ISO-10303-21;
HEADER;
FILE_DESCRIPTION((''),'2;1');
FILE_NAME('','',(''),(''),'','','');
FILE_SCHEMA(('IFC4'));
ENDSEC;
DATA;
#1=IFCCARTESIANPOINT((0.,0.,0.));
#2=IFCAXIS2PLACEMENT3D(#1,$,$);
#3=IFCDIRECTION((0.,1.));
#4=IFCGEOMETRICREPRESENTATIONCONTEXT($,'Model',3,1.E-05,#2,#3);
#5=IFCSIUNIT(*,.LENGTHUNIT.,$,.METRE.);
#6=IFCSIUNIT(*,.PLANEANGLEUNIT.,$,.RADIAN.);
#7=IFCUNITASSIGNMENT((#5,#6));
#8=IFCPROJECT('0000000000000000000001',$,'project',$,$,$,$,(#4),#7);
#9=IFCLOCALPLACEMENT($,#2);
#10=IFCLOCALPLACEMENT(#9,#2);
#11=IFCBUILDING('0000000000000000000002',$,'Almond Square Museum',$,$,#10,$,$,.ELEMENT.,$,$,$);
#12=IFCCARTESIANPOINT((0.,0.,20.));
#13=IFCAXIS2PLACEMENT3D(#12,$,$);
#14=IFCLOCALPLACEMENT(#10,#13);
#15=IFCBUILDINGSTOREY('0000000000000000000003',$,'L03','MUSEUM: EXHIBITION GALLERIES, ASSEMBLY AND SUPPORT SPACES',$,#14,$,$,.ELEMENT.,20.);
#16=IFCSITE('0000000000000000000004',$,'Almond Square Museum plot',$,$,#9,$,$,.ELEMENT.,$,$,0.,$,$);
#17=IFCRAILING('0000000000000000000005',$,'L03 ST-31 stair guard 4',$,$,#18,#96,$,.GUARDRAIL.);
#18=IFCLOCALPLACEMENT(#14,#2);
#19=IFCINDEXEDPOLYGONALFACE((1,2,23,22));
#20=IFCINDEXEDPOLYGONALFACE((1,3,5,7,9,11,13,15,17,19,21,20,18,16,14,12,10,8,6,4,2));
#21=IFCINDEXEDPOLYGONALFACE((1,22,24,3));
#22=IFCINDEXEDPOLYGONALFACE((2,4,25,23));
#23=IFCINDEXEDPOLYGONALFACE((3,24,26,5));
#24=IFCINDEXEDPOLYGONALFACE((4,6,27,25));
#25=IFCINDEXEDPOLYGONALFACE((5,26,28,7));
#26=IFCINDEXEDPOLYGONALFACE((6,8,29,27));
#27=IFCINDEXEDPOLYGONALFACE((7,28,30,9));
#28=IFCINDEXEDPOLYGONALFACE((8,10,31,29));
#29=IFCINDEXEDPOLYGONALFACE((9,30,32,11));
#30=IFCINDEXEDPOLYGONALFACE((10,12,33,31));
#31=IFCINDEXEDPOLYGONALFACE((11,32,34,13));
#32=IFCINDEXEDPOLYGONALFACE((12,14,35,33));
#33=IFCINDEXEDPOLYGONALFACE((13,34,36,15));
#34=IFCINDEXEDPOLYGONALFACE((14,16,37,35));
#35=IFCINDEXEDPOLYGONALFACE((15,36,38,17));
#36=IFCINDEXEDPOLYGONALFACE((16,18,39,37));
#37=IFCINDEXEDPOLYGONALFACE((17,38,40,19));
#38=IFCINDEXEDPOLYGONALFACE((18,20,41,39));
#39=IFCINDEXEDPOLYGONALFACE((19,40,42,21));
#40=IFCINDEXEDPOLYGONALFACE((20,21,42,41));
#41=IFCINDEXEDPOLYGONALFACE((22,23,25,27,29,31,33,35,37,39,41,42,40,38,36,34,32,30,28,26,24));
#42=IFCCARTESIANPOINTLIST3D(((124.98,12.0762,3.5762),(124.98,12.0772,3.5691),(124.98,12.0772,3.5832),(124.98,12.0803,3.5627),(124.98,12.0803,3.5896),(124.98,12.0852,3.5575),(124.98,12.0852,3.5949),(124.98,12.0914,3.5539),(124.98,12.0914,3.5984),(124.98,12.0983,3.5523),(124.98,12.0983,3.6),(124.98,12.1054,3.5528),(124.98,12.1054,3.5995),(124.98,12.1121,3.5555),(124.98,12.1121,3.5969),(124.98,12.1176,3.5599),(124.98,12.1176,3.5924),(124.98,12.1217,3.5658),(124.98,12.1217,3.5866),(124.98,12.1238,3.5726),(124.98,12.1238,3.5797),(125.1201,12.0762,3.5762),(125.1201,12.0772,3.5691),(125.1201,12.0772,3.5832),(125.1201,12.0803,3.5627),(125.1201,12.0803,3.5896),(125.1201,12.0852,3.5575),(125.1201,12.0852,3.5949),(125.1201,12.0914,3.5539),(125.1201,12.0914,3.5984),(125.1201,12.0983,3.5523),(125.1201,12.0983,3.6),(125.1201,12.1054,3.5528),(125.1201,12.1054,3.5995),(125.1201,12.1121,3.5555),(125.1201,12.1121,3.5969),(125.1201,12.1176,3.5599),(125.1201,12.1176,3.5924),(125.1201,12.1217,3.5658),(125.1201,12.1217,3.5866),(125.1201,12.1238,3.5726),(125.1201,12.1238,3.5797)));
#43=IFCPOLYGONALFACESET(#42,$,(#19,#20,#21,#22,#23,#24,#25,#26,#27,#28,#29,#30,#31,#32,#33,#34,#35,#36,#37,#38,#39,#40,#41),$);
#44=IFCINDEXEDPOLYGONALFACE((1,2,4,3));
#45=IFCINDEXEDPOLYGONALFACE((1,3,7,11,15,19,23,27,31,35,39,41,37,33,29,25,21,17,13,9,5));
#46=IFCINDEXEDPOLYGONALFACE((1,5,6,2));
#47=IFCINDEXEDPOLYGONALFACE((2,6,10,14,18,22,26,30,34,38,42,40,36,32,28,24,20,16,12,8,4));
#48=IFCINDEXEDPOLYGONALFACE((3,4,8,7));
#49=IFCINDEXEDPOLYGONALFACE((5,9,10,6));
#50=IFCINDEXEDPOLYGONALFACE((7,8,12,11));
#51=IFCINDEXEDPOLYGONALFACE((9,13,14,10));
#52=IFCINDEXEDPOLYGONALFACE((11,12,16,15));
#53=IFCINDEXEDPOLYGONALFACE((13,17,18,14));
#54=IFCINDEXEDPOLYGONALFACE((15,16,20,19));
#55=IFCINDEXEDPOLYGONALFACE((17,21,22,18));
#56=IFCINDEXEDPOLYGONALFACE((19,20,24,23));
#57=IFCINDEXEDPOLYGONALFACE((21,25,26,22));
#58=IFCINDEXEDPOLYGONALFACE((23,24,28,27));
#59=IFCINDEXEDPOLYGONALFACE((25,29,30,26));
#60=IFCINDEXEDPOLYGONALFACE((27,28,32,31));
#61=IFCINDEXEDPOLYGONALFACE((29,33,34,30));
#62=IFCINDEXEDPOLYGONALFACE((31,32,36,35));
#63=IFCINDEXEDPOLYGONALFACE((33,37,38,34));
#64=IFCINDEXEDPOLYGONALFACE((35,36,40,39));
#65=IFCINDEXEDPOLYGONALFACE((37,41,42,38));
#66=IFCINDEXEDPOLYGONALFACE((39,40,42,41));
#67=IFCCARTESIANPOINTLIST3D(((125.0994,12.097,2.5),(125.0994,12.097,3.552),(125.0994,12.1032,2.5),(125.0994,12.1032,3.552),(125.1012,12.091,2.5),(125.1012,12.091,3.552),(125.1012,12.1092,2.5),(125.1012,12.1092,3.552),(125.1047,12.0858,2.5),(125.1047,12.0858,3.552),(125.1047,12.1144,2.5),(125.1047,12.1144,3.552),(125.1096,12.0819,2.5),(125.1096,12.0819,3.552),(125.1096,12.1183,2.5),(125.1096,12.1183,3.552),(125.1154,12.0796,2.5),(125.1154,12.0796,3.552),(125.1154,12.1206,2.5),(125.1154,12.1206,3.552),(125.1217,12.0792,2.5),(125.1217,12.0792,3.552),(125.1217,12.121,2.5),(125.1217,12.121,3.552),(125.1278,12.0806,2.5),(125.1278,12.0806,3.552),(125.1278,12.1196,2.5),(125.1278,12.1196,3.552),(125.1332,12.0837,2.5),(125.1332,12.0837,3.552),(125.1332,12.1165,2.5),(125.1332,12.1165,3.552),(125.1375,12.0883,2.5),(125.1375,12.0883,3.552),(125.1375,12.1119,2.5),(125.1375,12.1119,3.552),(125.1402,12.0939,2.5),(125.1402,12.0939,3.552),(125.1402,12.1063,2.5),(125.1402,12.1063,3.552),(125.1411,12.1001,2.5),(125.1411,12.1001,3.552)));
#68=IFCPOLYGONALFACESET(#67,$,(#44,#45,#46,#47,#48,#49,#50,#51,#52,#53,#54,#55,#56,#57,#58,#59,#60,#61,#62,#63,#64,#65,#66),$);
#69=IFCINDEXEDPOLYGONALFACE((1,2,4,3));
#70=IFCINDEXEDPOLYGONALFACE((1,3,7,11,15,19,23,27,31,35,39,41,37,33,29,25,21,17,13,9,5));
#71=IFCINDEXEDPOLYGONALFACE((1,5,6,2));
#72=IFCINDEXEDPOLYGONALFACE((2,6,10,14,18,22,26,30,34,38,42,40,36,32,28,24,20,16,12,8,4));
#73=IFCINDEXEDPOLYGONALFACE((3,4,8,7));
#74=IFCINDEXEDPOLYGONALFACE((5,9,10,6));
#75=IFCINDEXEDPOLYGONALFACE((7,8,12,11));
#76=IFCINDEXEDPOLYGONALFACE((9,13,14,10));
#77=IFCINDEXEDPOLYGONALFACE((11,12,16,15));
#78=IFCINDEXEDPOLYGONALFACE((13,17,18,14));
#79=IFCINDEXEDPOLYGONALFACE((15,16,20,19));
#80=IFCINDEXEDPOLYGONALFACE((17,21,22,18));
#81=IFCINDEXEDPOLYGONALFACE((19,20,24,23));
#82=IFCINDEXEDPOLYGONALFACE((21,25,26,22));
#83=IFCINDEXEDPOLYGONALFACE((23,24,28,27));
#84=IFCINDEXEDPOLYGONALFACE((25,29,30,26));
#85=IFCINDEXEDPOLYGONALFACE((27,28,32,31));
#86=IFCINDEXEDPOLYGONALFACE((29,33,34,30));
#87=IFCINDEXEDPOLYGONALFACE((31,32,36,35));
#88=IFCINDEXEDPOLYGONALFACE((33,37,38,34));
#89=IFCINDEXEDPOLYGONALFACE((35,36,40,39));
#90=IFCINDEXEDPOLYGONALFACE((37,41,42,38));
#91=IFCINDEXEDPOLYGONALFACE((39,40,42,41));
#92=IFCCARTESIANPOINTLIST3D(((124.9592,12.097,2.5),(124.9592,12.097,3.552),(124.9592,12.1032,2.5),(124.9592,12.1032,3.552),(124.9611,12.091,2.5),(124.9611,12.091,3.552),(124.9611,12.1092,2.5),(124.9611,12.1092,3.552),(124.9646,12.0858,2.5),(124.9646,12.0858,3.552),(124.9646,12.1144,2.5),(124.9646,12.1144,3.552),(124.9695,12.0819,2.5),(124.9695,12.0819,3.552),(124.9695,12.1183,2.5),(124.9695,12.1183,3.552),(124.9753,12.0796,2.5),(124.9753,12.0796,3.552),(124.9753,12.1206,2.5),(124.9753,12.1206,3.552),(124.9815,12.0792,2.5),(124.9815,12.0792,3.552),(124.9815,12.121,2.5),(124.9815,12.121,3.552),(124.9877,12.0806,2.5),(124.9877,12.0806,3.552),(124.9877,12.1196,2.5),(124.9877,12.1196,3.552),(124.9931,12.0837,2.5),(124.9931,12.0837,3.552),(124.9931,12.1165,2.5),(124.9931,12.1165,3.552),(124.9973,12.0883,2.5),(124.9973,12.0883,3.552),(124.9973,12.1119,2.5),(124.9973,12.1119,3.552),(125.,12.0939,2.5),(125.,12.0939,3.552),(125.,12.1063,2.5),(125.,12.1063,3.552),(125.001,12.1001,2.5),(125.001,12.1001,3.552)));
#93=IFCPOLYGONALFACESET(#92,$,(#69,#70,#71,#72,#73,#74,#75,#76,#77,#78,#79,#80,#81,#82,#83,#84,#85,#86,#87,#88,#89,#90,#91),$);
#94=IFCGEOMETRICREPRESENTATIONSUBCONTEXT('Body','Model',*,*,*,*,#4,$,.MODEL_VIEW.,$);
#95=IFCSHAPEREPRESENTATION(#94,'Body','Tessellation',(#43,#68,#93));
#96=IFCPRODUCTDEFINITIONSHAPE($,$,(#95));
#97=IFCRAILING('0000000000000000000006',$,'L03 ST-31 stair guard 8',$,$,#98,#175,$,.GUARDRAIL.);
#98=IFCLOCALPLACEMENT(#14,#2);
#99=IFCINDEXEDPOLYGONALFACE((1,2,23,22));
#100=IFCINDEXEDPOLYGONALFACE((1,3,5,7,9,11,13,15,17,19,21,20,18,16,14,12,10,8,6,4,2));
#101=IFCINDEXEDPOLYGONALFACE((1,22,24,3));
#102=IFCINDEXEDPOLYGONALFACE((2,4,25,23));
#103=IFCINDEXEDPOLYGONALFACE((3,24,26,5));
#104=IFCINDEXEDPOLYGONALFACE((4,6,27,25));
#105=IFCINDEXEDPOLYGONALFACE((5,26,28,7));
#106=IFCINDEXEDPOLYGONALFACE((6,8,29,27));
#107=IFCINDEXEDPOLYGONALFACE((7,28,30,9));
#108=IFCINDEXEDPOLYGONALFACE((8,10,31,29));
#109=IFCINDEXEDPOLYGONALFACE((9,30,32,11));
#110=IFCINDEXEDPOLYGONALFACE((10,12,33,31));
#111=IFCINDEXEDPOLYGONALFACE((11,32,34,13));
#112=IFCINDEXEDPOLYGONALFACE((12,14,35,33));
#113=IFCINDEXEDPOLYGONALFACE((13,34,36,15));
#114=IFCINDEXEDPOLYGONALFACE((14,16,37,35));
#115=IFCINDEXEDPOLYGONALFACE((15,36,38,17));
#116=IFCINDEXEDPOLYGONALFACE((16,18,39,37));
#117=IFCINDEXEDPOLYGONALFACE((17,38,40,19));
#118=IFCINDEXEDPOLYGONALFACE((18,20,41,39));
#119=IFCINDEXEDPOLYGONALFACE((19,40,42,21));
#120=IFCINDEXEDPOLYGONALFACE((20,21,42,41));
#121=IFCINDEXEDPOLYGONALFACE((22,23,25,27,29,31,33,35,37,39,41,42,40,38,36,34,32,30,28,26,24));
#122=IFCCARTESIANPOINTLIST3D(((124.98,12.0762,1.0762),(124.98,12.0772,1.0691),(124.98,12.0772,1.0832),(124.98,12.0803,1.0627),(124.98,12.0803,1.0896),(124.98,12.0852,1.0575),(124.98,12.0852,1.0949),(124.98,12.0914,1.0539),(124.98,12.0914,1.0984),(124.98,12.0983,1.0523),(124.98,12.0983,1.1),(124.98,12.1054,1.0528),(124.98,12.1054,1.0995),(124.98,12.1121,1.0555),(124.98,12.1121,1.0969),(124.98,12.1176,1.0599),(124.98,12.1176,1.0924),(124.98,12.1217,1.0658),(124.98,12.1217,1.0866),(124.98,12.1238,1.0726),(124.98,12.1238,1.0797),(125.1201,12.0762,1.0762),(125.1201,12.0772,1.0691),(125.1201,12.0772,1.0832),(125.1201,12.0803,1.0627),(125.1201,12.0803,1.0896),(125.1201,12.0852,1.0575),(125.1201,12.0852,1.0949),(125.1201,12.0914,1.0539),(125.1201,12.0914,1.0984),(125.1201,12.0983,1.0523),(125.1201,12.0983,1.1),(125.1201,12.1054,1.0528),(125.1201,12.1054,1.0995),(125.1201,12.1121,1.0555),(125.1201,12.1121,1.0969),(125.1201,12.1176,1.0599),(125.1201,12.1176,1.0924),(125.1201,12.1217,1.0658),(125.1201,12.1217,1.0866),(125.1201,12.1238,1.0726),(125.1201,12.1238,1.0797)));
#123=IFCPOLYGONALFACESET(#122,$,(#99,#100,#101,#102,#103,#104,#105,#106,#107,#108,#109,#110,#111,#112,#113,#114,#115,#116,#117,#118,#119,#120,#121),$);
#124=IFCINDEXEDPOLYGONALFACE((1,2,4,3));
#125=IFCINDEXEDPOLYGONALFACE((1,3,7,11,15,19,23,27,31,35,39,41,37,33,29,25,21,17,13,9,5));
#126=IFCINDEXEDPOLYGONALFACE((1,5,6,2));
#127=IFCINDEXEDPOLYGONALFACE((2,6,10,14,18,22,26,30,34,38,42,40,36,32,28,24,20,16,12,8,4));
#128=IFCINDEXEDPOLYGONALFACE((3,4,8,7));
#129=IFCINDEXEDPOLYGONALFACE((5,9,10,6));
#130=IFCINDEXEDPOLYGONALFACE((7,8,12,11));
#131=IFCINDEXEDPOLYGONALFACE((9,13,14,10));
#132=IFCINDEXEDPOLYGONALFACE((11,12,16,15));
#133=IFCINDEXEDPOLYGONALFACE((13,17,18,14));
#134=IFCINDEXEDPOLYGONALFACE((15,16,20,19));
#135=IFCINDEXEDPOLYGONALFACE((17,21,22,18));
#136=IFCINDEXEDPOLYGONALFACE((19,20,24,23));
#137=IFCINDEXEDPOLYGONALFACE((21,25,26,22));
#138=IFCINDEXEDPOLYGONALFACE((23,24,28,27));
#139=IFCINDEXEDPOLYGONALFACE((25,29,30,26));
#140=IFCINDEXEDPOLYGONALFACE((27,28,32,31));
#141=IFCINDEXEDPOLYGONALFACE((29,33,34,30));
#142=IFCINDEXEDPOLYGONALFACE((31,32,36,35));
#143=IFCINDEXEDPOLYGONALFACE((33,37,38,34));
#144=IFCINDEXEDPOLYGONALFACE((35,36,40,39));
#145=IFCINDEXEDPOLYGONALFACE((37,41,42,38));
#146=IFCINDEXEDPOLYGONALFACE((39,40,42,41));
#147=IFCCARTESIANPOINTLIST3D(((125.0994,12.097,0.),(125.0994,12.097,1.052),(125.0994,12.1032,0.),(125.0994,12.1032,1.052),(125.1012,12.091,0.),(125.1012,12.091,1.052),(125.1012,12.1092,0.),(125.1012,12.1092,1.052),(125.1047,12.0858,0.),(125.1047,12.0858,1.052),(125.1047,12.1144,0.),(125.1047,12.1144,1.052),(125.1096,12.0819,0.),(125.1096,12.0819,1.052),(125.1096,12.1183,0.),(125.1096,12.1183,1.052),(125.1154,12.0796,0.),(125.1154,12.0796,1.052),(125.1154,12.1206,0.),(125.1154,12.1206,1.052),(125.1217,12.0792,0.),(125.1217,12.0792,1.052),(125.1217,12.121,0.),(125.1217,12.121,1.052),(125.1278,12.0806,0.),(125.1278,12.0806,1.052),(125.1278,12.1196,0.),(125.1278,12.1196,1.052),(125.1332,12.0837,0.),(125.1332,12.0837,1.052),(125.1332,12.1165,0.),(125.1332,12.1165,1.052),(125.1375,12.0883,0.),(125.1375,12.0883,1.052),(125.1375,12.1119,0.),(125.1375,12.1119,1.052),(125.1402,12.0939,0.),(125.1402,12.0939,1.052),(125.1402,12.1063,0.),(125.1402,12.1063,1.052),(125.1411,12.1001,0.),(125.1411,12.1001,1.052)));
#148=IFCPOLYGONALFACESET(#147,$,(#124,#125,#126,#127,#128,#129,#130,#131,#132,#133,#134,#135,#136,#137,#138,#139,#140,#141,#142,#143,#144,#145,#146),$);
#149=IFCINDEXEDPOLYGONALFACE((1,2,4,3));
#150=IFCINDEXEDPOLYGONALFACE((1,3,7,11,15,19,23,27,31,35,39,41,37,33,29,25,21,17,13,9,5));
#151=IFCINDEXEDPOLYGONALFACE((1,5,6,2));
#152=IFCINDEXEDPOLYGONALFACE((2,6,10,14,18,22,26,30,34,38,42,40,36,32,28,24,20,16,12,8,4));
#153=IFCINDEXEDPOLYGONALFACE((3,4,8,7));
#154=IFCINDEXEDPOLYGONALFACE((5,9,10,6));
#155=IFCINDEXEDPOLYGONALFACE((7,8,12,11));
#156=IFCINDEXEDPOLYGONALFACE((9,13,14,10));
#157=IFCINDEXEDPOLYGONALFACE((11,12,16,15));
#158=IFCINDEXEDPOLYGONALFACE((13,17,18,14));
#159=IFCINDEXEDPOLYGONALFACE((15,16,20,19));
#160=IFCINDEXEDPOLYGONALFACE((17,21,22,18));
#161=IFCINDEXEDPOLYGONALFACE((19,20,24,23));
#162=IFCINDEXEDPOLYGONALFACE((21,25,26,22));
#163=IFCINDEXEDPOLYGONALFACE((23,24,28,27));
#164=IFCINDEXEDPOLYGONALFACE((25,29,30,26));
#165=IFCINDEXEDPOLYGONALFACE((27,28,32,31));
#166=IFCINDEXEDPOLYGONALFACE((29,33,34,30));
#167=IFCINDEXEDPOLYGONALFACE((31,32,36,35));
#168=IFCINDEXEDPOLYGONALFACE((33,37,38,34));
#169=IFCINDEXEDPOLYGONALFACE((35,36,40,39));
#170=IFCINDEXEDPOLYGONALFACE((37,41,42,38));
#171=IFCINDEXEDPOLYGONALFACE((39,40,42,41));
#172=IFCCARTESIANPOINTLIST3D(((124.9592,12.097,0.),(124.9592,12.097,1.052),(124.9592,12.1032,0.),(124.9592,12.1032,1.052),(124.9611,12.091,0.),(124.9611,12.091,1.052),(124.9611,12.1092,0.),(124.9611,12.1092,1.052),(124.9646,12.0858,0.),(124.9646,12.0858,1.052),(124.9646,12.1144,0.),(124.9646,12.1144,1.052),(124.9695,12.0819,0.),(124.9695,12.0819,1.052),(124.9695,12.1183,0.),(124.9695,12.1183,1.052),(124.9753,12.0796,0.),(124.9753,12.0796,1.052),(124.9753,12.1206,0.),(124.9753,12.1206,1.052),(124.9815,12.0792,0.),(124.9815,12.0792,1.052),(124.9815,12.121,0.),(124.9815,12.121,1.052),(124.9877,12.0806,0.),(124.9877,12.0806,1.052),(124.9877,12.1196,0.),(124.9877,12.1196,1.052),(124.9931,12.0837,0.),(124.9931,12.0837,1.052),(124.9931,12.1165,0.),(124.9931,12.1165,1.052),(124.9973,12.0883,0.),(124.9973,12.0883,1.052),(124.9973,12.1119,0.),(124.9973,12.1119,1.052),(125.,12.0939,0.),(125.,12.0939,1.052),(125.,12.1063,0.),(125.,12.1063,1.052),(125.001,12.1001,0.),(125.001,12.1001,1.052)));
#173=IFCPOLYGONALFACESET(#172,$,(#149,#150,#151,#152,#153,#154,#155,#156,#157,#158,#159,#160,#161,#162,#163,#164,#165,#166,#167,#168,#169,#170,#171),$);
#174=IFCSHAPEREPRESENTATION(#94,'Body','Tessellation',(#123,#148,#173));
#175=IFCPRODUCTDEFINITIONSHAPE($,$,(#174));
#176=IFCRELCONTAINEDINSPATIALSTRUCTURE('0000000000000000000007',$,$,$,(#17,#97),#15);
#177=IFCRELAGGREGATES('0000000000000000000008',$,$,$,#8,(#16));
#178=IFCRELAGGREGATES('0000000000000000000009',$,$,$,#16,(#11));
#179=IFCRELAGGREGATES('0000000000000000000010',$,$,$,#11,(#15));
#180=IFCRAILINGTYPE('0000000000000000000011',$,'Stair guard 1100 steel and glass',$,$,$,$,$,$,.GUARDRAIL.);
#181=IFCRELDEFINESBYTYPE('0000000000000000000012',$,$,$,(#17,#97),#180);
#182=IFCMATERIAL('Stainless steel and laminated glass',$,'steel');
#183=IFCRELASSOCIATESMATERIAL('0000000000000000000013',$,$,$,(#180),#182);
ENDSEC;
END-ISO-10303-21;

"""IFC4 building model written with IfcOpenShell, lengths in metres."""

from ifc_helpers import new_model, si_unit, direction, frame, origin, origin_2d, place, context, subcontext, project, spatial, circle, extrude, material, type_object, element, save


model = new_model("IFC4")

# Units and contexts
model_context = context("Model", 3, precision=1e-05, world=origin(), true_north=direction((0.0, 1.0)))
body_context = subcontext(model_context, "Body", "Model", "MODEL_VIEW")
ifc_project = project(units=[si_unit("LENGTHUNIT", "METRE"), si_unit("PLANEANGLEUNIT", "RADIAN")], contexts=[model_context])

# Site, building, storey
site_placement = place(None, origin())
site = spatial("IfcSite", under=ifc_project, at=site_placement, Name="Almond Square Museum plot", CompositionType="ELEMENT", RefElevation=0.0)
building_placement = place(site_placement, origin())
building = spatial("IfcBuilding", under=site, at=building_placement, Name="Almond Square Museum", CompositionType="ELEMENT")
storey_placement = place(building_placement, frame((0.0, 0.0, 20.0)))
storey = spatial("IfcBuildingStorey", under=building, at=storey_placement, Name="L03", Description="MUSEUM: EXHIBITION GALLERIES, ASSEMBLY AND SUPPORT SPACES", CompositionType="ELEMENT", Elevation=20.0)

# Railings
ifc_material_1 = material(Name="Stainless steel and laminated glass", Category="steel")
railing_type = type_object("IfcRailingType", Name="Stair guard 1100 steel and glass", PredefinedType="GUARDRAIL", material=ifc_material_1)
for number, where, name in (
    (1, (125.1201, 12.1001, 2.5), "L03 ST-31 stair guard 4"),
    (2, (125.1201, 12.1001, 0.0), "L03 ST-31 stair guard 8"),
):
    element("IfcRailing", number, at=place(storey_placement, frame(where)), inside=storey, type_object=railing_type, Name=name, PredefinedType="GUARDRAIL", context=body_context, shape_type="SweptSolid", body=[
        extrude(circle(Radius=0.0239, at=origin_2d()), frame((0.0, 0.0, 1.0762), z_axis=(-1.0, 0.0, 0.0), x_axis=(0.0, -1.0, 0.0)), (0.0, 0.0, 1.0), 0.1401),
        extrude(circle(Radius=0.021, at=origin_2d()), origin(), (0.0, 0.0, 1.0), 1.052),
        extrude(circle(Radius=0.021, at=origin_2d()), frame((-0.1401, 0.0, 0.0)), (0.0, 0.0, 1.0), 1.052),
    ])

save(model, "model.ifc")
